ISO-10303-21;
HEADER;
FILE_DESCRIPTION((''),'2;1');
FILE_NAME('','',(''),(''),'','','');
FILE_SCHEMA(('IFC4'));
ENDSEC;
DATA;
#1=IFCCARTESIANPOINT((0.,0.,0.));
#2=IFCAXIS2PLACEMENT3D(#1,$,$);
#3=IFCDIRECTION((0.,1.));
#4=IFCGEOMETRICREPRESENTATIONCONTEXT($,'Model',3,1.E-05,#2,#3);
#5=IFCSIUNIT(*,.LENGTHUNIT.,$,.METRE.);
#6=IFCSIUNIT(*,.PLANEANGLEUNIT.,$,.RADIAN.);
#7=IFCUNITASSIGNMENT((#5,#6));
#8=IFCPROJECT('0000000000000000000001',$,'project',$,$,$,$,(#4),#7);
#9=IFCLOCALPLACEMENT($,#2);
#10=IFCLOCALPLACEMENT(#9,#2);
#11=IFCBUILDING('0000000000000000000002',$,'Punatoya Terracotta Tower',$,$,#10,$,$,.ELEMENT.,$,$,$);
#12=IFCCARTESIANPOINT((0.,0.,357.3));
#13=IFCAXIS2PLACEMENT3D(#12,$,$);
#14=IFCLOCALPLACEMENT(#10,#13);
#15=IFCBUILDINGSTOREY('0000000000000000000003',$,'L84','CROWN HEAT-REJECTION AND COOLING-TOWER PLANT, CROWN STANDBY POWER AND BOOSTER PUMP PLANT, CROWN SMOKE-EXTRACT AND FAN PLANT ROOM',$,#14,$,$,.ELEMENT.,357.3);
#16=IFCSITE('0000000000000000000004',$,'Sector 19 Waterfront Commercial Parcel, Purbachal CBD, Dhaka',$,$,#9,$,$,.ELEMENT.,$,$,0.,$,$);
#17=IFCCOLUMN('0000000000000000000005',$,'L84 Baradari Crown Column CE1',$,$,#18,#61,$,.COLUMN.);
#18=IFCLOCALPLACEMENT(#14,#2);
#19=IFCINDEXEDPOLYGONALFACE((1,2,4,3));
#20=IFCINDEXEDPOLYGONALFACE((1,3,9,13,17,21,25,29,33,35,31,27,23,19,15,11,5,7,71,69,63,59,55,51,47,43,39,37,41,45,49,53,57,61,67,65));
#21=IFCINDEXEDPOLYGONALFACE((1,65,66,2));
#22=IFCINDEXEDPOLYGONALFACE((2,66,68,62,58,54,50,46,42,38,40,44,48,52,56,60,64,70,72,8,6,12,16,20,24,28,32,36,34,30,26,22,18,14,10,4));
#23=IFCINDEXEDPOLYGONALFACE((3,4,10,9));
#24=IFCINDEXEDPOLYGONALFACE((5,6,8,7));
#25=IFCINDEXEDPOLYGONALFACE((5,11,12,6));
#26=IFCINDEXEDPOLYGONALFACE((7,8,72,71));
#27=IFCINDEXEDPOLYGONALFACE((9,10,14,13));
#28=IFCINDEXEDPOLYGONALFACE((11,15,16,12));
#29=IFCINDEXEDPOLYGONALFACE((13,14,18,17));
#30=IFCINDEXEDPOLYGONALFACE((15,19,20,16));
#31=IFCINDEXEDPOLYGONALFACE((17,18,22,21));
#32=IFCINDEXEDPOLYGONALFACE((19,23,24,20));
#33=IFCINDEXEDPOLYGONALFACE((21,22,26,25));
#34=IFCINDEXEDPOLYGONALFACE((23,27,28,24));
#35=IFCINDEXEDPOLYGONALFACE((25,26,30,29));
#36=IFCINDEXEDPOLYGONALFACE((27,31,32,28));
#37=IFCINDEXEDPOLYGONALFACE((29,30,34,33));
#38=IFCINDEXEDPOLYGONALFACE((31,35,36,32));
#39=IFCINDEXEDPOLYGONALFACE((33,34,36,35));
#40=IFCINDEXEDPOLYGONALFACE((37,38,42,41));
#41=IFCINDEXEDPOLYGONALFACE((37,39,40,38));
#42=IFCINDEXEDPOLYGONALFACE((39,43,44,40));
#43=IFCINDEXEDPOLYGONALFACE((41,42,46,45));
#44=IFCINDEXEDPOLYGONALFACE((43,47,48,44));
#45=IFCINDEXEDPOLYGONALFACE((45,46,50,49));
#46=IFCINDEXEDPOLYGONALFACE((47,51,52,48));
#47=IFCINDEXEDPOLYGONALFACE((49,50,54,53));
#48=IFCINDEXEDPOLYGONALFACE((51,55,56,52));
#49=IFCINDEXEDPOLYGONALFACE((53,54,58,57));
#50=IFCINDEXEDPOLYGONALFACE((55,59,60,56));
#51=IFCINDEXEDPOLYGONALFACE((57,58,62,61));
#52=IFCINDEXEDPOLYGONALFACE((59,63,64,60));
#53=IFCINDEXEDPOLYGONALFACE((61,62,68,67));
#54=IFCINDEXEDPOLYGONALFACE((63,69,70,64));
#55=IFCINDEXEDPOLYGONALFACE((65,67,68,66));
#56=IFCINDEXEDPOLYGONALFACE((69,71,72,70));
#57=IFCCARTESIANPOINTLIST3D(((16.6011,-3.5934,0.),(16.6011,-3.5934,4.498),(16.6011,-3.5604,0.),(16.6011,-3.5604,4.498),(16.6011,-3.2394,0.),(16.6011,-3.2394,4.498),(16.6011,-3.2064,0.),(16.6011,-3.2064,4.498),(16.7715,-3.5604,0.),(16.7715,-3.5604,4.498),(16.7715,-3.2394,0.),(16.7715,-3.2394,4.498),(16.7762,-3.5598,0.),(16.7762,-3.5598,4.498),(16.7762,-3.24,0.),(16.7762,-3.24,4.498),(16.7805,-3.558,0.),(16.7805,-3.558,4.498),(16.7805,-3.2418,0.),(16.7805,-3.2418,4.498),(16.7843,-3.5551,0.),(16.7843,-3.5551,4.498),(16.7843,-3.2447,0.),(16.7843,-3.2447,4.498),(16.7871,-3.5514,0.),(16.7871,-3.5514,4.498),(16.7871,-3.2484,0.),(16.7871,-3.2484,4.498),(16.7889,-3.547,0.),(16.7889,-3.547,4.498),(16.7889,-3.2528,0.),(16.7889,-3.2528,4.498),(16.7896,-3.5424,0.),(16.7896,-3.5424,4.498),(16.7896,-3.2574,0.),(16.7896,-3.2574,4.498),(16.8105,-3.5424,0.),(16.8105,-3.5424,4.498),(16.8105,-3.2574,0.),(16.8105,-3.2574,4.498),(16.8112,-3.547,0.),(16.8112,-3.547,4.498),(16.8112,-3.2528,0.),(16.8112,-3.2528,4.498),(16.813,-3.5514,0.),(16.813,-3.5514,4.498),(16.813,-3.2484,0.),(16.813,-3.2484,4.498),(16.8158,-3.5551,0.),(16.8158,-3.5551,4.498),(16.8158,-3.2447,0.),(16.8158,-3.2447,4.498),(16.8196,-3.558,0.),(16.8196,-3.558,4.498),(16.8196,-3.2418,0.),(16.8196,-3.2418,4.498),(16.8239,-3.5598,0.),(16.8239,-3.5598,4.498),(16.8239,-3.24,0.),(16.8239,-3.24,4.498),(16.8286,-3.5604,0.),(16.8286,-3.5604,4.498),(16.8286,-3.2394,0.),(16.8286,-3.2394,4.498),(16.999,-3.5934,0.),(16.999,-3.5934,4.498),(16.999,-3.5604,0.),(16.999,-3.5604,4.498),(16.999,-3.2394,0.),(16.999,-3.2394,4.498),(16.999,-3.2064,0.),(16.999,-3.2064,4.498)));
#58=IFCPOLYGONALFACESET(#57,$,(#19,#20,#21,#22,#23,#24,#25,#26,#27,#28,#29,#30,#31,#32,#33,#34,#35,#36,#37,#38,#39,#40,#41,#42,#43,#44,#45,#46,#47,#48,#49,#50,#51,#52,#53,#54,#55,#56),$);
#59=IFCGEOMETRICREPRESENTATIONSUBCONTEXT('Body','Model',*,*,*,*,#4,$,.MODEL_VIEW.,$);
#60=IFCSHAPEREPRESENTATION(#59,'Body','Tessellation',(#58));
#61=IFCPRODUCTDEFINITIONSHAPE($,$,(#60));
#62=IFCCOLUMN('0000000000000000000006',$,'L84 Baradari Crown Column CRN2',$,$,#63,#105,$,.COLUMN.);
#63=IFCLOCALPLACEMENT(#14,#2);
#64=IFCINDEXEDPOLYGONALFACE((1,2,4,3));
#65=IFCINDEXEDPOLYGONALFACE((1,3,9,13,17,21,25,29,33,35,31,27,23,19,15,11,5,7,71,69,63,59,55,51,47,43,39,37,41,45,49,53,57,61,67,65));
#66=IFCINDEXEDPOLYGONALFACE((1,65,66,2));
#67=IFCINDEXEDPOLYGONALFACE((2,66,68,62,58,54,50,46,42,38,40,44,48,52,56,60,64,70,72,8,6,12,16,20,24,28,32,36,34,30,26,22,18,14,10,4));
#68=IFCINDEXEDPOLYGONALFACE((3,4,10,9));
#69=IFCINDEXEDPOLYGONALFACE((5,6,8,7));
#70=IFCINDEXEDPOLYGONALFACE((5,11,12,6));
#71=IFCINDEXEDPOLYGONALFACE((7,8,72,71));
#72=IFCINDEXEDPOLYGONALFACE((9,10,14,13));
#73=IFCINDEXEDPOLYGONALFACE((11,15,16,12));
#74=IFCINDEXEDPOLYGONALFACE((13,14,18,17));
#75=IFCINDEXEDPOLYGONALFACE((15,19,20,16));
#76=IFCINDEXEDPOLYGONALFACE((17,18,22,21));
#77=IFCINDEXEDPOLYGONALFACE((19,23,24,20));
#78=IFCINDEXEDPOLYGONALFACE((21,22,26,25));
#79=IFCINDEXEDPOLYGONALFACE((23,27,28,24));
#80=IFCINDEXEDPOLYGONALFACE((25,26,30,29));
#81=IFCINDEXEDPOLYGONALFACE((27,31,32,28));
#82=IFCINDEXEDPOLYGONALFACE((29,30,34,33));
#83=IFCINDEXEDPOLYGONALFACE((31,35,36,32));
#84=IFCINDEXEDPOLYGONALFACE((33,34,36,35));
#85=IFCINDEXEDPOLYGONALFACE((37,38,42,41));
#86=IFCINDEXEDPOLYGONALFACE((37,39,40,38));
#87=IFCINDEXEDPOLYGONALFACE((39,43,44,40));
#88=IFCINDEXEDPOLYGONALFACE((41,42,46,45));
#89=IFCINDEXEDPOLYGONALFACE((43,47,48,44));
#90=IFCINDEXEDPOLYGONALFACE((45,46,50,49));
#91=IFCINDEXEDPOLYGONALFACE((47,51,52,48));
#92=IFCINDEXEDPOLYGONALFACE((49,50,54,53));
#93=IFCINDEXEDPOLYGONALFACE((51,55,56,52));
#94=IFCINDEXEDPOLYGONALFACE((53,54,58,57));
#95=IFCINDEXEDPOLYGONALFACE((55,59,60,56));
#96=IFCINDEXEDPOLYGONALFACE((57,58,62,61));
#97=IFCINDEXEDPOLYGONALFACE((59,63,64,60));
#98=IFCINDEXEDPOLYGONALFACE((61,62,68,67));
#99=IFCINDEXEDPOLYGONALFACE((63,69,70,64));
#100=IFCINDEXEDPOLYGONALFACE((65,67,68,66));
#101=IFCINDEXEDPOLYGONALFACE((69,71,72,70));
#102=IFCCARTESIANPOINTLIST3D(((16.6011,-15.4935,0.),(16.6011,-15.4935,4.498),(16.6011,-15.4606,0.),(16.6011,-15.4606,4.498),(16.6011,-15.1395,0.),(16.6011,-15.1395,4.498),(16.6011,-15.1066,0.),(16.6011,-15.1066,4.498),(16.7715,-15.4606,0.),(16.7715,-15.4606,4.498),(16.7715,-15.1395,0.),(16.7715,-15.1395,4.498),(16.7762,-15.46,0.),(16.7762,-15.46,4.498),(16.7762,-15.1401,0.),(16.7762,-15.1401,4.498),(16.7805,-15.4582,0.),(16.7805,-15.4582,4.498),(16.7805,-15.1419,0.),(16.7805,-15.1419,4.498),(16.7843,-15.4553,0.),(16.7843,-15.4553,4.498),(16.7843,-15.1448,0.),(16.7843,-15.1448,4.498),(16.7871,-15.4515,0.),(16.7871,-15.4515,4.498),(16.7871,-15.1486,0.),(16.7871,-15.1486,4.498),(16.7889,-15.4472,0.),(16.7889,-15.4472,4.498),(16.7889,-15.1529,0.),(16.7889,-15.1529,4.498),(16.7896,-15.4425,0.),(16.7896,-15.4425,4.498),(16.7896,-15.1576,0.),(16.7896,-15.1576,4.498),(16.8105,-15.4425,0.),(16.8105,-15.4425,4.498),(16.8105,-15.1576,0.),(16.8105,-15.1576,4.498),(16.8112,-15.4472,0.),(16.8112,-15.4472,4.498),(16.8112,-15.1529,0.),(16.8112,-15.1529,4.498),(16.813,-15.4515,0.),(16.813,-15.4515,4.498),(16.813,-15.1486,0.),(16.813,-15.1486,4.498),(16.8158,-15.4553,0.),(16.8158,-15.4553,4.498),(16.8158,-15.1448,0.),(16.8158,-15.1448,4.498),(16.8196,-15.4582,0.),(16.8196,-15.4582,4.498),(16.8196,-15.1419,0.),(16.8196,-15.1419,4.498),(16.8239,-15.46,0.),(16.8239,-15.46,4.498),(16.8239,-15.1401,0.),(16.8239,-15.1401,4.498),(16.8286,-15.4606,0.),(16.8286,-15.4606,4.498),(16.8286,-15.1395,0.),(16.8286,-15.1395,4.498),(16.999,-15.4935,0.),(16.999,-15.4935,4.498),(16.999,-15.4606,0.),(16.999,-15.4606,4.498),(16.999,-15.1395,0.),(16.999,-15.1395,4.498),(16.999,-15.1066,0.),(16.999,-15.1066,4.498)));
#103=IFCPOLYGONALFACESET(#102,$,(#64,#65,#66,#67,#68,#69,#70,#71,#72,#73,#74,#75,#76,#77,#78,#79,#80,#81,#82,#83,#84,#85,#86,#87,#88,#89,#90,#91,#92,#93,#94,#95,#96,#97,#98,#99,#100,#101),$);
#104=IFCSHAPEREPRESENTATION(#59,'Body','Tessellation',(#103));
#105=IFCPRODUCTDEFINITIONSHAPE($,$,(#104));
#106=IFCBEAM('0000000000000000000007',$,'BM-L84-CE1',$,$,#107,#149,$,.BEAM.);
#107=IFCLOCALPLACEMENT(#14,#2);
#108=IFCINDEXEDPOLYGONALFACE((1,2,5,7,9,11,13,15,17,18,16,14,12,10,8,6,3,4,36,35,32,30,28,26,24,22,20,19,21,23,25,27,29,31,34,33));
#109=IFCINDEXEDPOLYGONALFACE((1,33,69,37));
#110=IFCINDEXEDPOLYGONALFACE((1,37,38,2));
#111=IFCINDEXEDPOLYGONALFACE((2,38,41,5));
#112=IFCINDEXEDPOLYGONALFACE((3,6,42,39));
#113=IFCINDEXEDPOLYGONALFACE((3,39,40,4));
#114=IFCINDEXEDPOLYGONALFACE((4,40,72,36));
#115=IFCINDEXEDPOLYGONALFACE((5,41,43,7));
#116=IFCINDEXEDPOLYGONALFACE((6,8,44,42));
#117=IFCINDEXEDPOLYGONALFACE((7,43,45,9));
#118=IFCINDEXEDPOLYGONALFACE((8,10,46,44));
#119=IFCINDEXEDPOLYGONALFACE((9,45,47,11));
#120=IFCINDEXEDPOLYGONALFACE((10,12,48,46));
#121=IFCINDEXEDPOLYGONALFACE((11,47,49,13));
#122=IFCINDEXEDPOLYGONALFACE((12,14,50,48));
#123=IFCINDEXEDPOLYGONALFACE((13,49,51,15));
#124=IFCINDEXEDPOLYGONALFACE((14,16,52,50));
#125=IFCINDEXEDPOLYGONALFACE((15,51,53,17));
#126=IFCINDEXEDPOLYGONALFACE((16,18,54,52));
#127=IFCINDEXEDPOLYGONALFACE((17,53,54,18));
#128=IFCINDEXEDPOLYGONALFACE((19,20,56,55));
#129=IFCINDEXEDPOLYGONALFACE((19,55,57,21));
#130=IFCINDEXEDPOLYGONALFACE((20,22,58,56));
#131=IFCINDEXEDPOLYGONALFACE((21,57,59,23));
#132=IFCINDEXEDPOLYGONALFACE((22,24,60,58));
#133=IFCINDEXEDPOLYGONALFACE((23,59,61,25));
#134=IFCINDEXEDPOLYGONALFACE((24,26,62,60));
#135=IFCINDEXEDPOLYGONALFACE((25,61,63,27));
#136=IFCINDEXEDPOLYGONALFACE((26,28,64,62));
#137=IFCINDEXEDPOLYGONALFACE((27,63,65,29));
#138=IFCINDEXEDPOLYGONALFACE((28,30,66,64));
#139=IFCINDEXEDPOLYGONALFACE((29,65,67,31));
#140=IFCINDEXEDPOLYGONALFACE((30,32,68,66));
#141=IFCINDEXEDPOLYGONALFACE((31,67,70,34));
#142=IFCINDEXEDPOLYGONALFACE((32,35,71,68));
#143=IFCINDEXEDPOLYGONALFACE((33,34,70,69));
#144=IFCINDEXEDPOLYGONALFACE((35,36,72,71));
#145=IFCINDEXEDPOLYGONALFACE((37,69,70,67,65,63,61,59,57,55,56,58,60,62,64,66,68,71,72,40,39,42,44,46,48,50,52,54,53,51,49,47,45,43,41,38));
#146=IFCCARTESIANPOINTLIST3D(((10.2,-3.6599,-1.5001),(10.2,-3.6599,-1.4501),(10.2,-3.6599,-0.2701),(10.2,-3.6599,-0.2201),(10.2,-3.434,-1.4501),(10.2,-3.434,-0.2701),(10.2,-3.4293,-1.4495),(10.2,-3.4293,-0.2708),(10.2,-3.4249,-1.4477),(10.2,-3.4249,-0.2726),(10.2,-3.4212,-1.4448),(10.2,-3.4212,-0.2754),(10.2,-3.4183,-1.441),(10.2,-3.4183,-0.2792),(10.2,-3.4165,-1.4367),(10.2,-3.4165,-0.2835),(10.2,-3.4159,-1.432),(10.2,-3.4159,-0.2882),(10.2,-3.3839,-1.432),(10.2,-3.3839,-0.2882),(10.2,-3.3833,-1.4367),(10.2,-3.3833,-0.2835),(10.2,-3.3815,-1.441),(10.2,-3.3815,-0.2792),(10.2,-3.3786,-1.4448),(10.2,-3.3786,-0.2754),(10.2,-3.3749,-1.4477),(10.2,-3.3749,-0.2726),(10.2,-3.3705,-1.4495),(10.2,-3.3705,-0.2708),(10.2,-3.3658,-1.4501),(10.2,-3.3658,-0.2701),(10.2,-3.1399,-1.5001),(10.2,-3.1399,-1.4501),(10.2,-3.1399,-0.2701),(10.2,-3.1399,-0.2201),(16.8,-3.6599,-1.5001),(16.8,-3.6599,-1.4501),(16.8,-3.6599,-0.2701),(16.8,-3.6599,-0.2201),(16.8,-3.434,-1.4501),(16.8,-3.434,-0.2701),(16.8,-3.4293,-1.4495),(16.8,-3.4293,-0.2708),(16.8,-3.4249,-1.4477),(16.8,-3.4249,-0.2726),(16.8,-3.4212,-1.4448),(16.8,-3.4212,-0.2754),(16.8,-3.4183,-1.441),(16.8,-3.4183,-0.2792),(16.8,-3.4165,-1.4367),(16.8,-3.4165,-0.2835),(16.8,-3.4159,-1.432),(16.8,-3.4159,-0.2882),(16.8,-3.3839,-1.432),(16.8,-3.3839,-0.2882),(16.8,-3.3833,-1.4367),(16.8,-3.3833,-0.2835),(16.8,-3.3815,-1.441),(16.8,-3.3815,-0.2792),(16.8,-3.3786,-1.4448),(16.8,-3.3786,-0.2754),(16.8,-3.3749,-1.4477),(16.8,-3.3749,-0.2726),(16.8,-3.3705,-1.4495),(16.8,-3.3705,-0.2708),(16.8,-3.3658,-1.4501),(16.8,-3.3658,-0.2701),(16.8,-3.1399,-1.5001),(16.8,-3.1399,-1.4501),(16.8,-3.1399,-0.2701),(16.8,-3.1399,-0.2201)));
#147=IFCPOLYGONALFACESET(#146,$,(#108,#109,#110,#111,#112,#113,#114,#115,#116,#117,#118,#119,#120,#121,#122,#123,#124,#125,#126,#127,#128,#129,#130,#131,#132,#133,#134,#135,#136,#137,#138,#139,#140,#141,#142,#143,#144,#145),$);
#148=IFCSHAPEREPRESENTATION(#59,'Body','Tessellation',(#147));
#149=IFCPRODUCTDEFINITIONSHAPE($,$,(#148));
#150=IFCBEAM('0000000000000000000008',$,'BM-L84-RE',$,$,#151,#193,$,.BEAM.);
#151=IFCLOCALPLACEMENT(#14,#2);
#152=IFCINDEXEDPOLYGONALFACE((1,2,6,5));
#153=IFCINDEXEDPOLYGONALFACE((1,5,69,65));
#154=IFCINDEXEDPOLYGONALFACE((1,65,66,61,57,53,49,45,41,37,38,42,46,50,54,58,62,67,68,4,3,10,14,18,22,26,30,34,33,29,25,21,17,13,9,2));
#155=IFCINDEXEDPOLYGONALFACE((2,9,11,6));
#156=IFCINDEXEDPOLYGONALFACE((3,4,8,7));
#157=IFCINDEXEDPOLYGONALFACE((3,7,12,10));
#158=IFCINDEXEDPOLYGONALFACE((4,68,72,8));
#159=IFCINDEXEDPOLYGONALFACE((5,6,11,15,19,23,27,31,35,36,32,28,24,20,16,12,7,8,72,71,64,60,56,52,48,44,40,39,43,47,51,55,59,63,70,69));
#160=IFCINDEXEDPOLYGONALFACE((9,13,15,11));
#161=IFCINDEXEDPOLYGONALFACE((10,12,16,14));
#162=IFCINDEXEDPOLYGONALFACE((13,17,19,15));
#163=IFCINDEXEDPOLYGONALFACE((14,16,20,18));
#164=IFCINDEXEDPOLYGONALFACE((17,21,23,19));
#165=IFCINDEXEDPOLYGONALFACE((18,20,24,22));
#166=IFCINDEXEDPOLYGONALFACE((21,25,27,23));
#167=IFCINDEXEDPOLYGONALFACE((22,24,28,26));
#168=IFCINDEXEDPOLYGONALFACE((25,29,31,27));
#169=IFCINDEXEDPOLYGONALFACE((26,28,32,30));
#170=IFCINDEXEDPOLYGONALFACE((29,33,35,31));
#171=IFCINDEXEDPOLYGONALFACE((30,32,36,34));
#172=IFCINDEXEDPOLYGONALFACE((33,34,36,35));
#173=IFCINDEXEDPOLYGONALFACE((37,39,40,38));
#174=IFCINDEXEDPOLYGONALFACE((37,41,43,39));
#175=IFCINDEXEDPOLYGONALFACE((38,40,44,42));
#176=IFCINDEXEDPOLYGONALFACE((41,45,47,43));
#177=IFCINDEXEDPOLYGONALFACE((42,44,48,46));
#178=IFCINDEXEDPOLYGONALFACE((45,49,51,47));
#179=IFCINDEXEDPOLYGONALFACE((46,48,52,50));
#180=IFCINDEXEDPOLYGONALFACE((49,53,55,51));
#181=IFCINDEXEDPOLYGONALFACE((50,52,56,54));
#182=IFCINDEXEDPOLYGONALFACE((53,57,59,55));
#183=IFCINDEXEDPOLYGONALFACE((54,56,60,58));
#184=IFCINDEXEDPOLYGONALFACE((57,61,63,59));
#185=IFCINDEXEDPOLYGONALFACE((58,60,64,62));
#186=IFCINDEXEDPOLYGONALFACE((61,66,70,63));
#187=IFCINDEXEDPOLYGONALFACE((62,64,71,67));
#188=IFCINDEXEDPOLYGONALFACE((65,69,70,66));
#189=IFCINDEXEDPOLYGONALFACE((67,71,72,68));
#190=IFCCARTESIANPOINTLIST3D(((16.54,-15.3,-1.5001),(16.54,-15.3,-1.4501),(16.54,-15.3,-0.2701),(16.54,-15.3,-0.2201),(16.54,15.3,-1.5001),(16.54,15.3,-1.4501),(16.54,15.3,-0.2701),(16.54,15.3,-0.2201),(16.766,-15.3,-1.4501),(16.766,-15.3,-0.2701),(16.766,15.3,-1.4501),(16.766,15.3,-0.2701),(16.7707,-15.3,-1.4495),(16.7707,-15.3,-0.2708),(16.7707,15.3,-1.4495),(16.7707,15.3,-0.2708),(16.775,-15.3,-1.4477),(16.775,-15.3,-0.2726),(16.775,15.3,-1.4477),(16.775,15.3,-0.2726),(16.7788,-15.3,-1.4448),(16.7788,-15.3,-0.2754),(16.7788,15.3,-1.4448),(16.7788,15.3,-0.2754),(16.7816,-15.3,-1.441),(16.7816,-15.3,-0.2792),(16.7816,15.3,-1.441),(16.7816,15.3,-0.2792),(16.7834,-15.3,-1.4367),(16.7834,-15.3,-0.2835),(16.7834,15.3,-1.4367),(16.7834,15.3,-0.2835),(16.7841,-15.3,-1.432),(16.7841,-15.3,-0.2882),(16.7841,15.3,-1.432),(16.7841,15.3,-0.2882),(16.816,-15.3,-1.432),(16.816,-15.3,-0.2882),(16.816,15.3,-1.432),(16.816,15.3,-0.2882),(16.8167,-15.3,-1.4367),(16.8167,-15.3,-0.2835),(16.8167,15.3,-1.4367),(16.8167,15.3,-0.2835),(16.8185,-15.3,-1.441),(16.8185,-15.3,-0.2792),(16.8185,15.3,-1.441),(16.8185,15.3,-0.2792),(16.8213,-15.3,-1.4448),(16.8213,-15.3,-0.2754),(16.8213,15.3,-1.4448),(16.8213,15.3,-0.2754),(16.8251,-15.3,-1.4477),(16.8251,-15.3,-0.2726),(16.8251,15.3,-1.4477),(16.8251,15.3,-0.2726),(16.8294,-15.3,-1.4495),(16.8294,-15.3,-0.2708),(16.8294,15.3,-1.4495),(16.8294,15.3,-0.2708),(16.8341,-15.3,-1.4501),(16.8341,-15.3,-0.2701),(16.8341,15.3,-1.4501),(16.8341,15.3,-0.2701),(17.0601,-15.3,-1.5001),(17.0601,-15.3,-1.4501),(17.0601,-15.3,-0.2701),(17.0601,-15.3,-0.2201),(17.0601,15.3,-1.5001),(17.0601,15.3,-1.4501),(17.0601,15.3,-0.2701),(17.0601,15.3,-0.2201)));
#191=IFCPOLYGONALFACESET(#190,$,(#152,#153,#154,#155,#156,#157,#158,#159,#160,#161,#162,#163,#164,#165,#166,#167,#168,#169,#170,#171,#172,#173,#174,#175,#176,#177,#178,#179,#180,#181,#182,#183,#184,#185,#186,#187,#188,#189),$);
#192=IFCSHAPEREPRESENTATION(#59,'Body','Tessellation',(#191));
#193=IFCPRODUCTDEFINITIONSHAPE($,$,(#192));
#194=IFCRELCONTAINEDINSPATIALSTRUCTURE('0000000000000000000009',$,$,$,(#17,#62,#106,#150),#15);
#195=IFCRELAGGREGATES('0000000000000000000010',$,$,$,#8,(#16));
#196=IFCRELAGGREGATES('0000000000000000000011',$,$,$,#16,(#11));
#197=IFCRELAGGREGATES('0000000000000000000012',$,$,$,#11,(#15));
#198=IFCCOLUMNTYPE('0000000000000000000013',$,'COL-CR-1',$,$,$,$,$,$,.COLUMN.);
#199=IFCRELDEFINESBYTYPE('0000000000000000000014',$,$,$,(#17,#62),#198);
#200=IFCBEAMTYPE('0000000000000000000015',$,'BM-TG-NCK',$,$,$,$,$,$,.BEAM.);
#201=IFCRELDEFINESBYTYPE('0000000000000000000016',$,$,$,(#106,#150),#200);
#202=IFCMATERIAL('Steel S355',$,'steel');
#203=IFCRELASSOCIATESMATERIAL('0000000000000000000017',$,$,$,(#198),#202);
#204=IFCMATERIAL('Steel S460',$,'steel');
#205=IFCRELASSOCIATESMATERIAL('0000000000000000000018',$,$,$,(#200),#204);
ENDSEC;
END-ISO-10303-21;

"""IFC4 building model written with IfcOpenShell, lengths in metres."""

from ifc_helpers import new_model, si_unit, direction, frame, origin, origin_2d, place, context, subcontext, project, spatial, i_section, extrude, material, material_profile, profile_set, type_object, element, save


model = new_model("IFC4")

# Units and contexts
model_context = context("Model", 3, precision=1e-05, world=origin(), true_north=direction((0.0, 1.0)))
body_context = subcontext(model_context, "Body", "Model", "MODEL_VIEW")
ifc_project = project(units=[si_unit("LENGTHUNIT", "METRE"), si_unit("PLANEANGLEUNIT", "RADIAN")], contexts=[model_context])

# Site, building, storey
site_placement = place(None, origin())
site = spatial("IfcSite", under=ifc_project, at=site_placement, Name="Sector 19 Waterfront Commercial Parcel, Purbachal CBD, Dhaka", CompositionType="ELEMENT", RefElevation=0.0)
building_placement = place(site_placement, origin())
building = spatial("IfcBuilding", under=site, at=building_placement, Name="Punatoya Terracotta Tower", CompositionType="ELEMENT")
storey_placement = place(building_placement, frame((0.0, 0.0, 357.3)))
storey = spatial("IfcBuildingStorey", under=building, at=storey_placement, Name="L84", Description="CROWN HEAT-REJECTION AND COOLING-TOWER PLANT, CROWN STANDBY POWER AND BOOSTER PUMP PLANT, CROWN SMOKE-EXTRACT AND FAN PLANT ROOM", CompositionType="ELEMENT", Elevation=357.3)

# Columns
ifc_material_1 = material(Name="Steel S355", Category="steel")
ifc_material_profile_1 = material_profile(ifc_material_1, i_section(OverallWidth=0.3979, OverallDepth=0.387, WebThickness=0.021, FlangeThickness=0.033, FilletRadius=0.0181, at=origin_2d()))
ifc_profile_set_1 = profile_set([ifc_material_profile_1], Name="Steel S355")
column_type = type_object("IfcColumnType", Name="COL-CR-1", PredefinedType="COLUMN", material=ifc_profile_set_1)
for number, where, z_axis, x_axis, name in (
    (1, (16.8, -3.3999, 0.0), (0.0, 0.0, 1.0), (1.0, 0.0, 0.0), "L84 Baradari Crown Column CE1"),
    (2, (16.8, -15.3, 0.0), (0.0, 0.0, 1.0), (1.0, 0.0, 0.0), "L84 Baradari Crown Column CRN2"),
):
    element("IfcColumn", number, at=place(storey_placement, frame(where, z_axis=z_axis, x_axis=x_axis)), inside=storey, type_object=column_type, Name=name, PredefinedType="COLUMN", context=body_context, shape_type="SweptSolid", body=[
        extrude(i_section(OverallWidth=0.3979, OverallDepth=0.387, WebThickness=0.021, FlangeThickness=0.033, FilletRadius=0.0181, at=origin_2d()), origin(), (0.0, 0.0, 1.0), 4.498),
    ])

# Beams
ifc_material_2 = material(Name="Steel S460", Category="steel")
ifc_material_profile_2 = material_profile(ifc_material_2, i_section(OverallWidth=0.52, OverallDepth=1.28, WebThickness=0.032, FlangeThickness=0.05, FilletRadius=0.0181, at=origin_2d()))
ifc_profile_set_2 = profile_set([ifc_material_profile_2], Name="Steel S460")
beam_type = type_object("IfcBeamType", Name="BM-TG-NCK", PredefinedType="BEAM", material=ifc_profile_set_2)
beam_1_placement = place(storey_placement, frame((10.2, -3.3999, -0.8601), z_axis=(1.0, 0.0, 0.0), x_axis=(0.0, 1.0, 0.0)))
element("IfcBeam", 3, at=beam_1_placement, inside=storey, type_object=beam_type, Name="BM-L84-CE1", PredefinedType="BEAM", context=body_context, shape_type="SweptSolid", body=[
    extrude(i_section(OverallWidth=0.52, OverallDepth=1.28, WebThickness=0.032, FlangeThickness=0.05, FilletRadius=0.0181, at=origin_2d()), origin(), (0.0, 0.0, 1.0), 6.6001),
])
beam_2_placement = place(storey_placement, frame((16.8, -15.3, -0.8601), z_axis=(0.0, 1.0, 0.0), x_axis=(-1.0, 0.0, 0.0)))
element("IfcBeam", 4, at=beam_2_placement, inside=storey, type_object=beam_type, Name="BM-L84-RE", PredefinedType="BEAM", context=body_context, shape_type="SweptSolid", body=[
    extrude(i_section(OverallWidth=0.52, OverallDepth=1.28, WebThickness=0.032, FlangeThickness=0.05, FilletRadius=0.0181, at=origin_2d()), origin(), (0.0, 0.0, 1.0), 30.6001),
])

save(model, "model.ifc")
